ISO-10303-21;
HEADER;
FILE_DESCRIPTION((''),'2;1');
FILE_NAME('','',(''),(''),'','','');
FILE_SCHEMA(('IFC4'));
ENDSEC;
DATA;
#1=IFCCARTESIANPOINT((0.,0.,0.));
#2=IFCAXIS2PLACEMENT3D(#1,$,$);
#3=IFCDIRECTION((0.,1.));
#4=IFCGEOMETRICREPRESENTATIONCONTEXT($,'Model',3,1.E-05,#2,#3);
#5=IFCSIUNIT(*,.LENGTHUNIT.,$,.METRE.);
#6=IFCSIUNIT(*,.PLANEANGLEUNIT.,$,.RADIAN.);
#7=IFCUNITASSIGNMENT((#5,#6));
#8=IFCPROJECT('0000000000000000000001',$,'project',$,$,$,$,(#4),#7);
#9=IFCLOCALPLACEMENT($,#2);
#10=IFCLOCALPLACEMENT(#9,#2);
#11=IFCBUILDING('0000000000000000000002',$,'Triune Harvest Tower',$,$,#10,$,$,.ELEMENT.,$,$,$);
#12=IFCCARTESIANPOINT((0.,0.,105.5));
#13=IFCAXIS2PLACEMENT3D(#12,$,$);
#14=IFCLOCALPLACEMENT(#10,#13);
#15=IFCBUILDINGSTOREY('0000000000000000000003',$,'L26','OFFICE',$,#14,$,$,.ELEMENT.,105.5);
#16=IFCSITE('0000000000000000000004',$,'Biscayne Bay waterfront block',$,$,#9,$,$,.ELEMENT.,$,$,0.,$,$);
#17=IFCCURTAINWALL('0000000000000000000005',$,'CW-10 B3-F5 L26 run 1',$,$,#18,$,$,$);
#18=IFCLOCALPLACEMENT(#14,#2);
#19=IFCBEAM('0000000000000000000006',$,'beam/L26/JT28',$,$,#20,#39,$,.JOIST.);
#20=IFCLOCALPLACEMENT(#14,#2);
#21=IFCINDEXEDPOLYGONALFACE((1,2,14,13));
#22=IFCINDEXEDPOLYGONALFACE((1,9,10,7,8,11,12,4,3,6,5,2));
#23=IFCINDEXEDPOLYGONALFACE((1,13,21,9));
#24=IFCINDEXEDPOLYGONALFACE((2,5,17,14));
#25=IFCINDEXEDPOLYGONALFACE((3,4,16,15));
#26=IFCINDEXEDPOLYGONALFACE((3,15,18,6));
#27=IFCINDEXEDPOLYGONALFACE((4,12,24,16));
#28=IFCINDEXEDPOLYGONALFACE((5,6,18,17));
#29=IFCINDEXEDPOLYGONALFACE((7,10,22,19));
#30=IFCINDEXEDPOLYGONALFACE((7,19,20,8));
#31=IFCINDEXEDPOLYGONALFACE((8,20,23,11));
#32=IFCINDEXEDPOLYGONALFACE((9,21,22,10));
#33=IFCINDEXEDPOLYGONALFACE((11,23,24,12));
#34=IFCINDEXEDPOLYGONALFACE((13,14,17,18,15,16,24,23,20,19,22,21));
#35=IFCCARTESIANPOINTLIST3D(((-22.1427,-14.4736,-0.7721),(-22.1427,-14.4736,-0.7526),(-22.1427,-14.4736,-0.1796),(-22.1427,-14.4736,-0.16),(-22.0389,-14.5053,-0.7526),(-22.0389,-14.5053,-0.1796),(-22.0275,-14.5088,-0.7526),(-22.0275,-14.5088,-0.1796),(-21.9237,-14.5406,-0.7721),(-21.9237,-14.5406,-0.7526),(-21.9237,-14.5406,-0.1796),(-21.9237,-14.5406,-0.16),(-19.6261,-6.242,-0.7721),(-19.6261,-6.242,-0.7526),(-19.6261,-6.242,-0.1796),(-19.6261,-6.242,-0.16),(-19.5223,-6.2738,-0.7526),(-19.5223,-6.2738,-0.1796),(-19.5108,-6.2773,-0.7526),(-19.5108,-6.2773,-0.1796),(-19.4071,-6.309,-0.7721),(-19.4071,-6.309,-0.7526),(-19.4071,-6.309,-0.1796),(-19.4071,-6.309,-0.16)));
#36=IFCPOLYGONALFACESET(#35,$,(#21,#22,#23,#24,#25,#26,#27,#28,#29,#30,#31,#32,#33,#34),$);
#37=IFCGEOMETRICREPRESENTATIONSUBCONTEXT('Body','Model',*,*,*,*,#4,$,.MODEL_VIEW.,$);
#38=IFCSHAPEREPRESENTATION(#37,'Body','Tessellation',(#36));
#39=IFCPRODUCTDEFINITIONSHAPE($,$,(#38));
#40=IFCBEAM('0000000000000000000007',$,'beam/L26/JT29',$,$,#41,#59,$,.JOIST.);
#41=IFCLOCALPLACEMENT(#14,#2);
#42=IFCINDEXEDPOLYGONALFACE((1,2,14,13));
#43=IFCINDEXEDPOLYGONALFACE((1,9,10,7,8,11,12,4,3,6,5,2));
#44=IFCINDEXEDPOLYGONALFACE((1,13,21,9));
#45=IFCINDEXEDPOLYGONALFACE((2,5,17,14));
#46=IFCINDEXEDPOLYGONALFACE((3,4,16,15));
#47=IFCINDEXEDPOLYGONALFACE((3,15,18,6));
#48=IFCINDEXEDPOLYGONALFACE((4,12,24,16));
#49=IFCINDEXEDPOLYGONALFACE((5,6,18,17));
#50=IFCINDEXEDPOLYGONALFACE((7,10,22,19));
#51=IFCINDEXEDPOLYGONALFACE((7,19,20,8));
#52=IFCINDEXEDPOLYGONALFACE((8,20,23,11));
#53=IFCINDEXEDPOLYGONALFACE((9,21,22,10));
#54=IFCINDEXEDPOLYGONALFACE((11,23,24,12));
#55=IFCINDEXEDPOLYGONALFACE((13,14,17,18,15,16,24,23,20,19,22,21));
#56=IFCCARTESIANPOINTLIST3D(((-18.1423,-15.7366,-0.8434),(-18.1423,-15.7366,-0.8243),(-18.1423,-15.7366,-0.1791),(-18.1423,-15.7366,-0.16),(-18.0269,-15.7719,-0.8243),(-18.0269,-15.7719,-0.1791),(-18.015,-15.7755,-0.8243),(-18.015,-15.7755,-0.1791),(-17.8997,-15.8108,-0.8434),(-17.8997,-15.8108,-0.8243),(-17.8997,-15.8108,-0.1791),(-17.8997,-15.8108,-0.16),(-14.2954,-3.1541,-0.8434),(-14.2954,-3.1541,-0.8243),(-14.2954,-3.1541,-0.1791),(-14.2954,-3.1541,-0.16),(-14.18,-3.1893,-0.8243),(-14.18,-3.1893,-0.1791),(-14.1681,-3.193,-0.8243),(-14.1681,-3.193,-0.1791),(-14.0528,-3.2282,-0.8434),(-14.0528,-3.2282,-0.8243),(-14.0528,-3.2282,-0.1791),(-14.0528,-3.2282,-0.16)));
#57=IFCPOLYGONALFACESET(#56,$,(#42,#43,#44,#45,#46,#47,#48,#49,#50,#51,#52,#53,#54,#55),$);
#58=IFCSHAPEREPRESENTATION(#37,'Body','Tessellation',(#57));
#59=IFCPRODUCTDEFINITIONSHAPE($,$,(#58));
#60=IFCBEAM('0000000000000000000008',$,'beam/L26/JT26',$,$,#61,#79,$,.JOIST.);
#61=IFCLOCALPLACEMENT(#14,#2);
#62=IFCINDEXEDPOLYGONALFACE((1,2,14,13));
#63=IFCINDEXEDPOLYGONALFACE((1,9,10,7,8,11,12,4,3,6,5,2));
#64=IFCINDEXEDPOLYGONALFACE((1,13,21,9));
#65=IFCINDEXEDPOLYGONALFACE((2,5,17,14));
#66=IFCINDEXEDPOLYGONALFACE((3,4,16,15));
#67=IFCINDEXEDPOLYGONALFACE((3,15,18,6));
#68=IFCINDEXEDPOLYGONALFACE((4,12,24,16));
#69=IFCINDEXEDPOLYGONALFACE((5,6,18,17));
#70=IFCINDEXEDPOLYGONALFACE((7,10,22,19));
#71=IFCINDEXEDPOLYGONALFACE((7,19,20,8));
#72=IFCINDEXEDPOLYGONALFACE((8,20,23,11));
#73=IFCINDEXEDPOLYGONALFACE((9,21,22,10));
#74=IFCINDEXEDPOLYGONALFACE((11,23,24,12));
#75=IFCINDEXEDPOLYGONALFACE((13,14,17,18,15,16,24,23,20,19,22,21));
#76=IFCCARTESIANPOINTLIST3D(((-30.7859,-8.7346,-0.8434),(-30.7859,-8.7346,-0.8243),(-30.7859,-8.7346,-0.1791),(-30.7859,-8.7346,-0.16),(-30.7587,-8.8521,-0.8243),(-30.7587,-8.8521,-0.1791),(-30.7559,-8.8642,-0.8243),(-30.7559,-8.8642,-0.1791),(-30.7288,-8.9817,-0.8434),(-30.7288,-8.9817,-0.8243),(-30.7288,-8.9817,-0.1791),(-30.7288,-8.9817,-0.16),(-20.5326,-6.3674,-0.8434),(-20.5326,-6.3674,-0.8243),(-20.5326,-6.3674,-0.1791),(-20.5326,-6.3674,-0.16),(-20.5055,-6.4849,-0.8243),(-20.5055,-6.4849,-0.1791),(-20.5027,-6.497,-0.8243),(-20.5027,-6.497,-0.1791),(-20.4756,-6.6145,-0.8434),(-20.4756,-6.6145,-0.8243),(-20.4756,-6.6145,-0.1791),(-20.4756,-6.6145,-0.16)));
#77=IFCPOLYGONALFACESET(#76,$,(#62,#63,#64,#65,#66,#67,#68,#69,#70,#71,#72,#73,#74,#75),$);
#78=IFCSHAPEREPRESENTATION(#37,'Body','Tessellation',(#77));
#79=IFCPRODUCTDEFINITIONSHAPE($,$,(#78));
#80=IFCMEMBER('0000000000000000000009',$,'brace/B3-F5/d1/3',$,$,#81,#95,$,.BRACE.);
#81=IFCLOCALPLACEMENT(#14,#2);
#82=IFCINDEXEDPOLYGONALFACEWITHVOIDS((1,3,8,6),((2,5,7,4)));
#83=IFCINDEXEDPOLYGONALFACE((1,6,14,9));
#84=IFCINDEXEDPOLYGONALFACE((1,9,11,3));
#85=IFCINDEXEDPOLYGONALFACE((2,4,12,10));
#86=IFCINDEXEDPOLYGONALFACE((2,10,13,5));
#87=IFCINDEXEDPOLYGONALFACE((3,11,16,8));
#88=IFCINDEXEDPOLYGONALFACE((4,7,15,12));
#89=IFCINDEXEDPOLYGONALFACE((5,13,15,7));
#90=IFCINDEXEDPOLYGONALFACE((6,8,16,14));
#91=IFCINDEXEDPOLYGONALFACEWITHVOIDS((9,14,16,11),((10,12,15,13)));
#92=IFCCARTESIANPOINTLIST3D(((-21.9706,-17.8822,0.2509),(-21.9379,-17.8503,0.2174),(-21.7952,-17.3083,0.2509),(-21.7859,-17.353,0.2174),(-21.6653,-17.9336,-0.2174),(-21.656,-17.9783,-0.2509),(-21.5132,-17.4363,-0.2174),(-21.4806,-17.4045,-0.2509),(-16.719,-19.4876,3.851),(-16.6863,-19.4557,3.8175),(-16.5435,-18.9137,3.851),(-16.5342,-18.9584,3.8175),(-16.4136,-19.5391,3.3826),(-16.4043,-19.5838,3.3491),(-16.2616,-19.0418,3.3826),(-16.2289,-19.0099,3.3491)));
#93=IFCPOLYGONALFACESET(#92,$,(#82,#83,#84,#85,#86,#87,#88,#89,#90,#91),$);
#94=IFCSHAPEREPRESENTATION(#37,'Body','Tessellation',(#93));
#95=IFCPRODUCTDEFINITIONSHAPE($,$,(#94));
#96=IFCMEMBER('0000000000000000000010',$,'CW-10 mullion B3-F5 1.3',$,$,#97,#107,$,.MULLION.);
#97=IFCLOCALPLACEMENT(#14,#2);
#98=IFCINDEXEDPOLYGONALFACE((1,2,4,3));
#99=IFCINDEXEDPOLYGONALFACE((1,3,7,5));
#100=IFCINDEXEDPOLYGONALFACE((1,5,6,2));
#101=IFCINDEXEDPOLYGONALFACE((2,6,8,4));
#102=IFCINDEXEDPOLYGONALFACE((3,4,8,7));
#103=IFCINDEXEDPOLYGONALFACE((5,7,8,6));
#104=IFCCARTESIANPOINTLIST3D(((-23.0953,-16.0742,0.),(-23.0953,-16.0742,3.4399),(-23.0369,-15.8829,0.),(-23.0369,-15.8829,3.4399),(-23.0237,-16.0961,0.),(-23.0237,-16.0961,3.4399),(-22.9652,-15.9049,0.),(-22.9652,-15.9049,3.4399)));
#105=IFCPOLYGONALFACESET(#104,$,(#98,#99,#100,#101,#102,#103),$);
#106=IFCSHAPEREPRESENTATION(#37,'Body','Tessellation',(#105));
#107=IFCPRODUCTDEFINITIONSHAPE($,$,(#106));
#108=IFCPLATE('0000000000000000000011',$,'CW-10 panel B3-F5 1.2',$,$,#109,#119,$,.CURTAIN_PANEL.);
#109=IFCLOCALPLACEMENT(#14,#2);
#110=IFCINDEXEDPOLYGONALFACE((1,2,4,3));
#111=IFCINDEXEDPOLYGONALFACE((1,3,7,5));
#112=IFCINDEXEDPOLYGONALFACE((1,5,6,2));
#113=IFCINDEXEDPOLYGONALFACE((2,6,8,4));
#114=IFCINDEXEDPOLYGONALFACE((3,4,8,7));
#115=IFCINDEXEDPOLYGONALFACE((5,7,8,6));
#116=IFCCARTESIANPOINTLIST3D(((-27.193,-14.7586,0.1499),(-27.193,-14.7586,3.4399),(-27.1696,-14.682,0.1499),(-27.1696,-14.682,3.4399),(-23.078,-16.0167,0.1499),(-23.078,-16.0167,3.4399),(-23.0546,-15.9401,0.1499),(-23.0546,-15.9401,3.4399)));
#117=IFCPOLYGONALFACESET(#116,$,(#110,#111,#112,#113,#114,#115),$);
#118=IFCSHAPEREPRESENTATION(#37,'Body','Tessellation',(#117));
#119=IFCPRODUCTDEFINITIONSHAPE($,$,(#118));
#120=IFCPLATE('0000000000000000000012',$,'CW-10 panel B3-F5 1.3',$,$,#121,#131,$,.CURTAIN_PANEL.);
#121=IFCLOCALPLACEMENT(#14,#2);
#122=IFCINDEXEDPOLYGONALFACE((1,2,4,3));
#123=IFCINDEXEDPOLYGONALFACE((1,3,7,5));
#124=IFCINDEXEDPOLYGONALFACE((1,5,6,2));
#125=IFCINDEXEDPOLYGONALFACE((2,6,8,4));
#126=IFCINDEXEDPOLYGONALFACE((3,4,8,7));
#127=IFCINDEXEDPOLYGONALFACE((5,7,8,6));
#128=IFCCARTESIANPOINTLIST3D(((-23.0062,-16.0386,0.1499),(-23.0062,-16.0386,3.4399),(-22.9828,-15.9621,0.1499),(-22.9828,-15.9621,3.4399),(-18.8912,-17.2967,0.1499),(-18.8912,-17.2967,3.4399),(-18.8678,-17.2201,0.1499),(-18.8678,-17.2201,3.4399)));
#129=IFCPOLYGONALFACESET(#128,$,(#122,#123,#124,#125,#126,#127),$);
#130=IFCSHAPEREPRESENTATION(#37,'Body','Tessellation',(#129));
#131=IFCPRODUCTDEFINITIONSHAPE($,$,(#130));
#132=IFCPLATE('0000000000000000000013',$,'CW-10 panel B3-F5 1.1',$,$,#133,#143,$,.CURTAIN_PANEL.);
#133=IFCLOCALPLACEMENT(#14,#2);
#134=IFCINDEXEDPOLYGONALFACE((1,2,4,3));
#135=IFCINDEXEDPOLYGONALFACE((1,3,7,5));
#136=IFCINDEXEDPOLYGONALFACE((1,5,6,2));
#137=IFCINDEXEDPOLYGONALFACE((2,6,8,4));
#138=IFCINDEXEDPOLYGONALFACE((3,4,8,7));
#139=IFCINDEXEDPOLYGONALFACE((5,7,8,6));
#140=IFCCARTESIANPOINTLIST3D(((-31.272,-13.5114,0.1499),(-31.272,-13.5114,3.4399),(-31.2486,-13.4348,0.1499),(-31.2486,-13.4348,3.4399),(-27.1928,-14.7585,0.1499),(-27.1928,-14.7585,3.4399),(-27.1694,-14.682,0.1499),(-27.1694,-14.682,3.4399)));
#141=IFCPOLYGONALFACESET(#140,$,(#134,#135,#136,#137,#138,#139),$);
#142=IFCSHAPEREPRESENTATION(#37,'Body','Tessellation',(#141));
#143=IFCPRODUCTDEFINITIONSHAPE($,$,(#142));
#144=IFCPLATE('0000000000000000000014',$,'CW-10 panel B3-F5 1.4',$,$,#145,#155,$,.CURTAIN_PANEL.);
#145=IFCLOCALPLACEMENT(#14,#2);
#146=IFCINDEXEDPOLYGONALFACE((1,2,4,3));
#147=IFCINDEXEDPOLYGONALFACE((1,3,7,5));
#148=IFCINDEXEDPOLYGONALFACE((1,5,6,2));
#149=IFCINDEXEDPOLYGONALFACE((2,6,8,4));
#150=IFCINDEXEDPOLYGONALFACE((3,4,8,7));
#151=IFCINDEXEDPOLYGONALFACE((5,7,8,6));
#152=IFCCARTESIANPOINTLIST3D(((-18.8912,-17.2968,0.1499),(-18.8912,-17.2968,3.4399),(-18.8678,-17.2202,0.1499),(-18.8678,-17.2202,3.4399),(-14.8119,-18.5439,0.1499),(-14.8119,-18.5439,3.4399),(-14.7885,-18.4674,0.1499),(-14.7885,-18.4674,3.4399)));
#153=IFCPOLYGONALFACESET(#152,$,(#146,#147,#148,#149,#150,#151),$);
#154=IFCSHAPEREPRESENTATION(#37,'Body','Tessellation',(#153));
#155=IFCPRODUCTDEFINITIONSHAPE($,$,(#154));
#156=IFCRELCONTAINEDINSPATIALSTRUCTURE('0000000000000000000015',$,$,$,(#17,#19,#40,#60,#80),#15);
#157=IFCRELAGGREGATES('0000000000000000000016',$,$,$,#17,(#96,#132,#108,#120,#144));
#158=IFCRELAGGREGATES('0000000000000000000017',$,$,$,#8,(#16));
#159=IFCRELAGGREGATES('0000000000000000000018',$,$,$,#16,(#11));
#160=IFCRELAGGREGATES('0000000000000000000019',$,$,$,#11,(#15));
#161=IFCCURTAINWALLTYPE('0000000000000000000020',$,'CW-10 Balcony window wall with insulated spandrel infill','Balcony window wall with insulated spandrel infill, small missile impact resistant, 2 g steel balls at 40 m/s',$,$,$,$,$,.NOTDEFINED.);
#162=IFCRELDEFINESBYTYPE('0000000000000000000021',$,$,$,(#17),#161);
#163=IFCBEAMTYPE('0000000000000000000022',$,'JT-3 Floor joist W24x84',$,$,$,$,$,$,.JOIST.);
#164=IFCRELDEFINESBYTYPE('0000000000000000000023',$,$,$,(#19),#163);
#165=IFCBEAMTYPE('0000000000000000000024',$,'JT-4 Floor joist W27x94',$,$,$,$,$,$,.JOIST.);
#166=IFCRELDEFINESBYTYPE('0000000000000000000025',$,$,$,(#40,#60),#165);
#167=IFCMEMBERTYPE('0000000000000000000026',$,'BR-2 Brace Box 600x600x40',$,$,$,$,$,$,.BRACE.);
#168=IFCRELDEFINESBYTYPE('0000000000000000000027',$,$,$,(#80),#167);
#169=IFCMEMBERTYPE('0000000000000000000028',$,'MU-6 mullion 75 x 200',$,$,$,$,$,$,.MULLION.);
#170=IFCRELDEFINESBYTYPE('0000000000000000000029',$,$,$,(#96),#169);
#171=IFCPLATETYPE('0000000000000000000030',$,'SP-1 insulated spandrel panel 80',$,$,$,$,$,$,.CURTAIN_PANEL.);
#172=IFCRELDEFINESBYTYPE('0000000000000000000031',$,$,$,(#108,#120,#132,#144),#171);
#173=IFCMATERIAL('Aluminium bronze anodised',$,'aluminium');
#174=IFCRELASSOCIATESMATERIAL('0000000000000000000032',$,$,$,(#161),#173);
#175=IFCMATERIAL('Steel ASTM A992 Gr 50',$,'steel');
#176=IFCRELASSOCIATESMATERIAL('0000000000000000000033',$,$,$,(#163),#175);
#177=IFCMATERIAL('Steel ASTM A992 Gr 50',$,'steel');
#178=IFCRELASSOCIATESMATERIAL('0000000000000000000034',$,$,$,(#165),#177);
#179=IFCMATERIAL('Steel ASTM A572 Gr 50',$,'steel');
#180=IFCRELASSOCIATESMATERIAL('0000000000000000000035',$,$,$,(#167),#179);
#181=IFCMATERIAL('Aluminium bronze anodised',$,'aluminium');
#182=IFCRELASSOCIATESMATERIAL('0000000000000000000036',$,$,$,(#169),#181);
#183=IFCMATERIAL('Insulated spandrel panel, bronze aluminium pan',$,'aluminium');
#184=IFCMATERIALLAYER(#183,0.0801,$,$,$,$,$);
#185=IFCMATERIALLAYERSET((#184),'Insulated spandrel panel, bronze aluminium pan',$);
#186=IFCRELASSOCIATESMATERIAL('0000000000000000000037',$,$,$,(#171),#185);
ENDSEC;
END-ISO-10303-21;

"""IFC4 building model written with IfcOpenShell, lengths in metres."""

from ifc_helpers import new_model, si_unit, direction, frame, origin, origin_2d, place, context, subcontext, project, spatial, rectangle, hollow_rectangle, i_section, extrude, source, transform, mapped, material, layer, layer_set, material_profile, profile_set, type_object, element, aggregate, save


model = new_model("IFC4")

# Units and contexts
model_context = context("Model", 3, precision=1e-05, world=origin(), true_north=direction((0.0, 1.0)))
body_context = subcontext(model_context, "Body", "Model", "MODEL_VIEW")
ifc_project = project(units=[si_unit("LENGTHUNIT", "METRE"), si_unit("PLANEANGLEUNIT", "RADIAN")], contexts=[model_context])

# Site, building, storey
site_placement = place(None, origin())
site = spatial("IfcSite", under=ifc_project, at=site_placement, Name="Biscayne Bay waterfront block", CompositionType="ELEMENT", RefElevation=0.0)
building_placement = place(site_placement, origin())
building = spatial("IfcBuilding", under=site, at=building_placement, Name="Triune Harvest Tower", CompositionType="ELEMENT")
storey_placement = place(building_placement, frame((0.0, 0.0, 105.5)))
storey = spatial("IfcBuildingStorey", under=building, at=storey_placement, Name="L26", Description="OFFICE", CompositionType="ELEMENT", Elevation=105.5)

# Curtain wall
ifc_material_1 = material(Name="Aluminium bronze anodised", Category="aluminium")
curtain_wall_type = type_object("IfcCurtainWallType", Name="CW-10 Balcony window wall with insulated spandrel infill", Description="Balcony window wall with insulated spandrel infill, small missile impact resistant, 2 g steel balls at 40 m/s", PredefinedType="NOTDEFINED", material=ifc_material_1)
curtain_wall_placement = place(storey_placement, origin())
curtain_wall = element("IfcCurtainWall", 1, at=curtain_wall_placement, inside=storey, type_object=curtain_wall_type, Name="CW-10 B3-F5 L26 run 1")

# Beams
ifc_material_2 = material(Name="Steel ASTM A992 Gr 50", Category="steel")
ifc_material_profile_1 = material_profile(ifc_material_2, i_section(OverallWidth=0.229, OverallDepth=0.6121, WebThickness=0.012, FlangeThickness=0.0195, at=origin_2d()), Name="W24x84")
ifc_profile_set_1 = profile_set([ifc_material_profile_1], Name="Steel ASTM A992 Gr 50")
beam_type_1 = type_object("IfcBeamType", Name="JT-3 Floor joist W24x84", PredefinedType="JOIST", material=ifc_profile_set_1)
shared_shape_1 = source(origin(), body_context, "Body", "SweptSolid", [
    extrude(i_section(OverallWidth=0.229, OverallDepth=0.6121, WebThickness=0.012, FlangeThickness=0.0195, at=origin_2d()), origin(), (0.0, 0.0, 1.0), 8.6077),
])
beam_1_placement = place(storey_placement, frame((-22.0332, -14.5071, -0.4661), z_axis=(0.292371, 0.956305, 0.0), x_axis=(-0.956305, 0.292371, 0.0)))
element("IfcBeam", 2, at=beam_1_placement, inside=storey, type_object=beam_type_1, Name="beam/L26/JT28", PredefinedType="JOIST", context=body_context, shape_type="MappedRepresentation", body=[
    mapped(shared_shape_1, transform((0.0, 0.0, 0.0), scale=1.0)),
])
ifc_material_3 = material(Name="Steel ASTM A992 Gr 50", Category="steel")
ifc_material_profile_2 = material_profile(ifc_material_3, i_section(OverallWidth=0.2537, OverallDepth=0.6833, WebThickness=0.0125, FlangeThickness=0.019, at=origin_2d()), Name="W27x94")
ifc_profile_set_2 = profile_set([ifc_material_profile_2], Name="Steel ASTM A992 Gr 50")
beam_type_2 = type_object("IfcBeamType", Name="JT-4 Floor joist W27x94", PredefinedType="JOIST", material=ifc_profile_set_2)
shared_shape_2 = source(origin(), body_context, "Body", "SweptSolid", [
    extrude(i_section(OverallWidth=0.2537, OverallDepth=0.6833, WebThickness=0.0125, FlangeThickness=0.019, at=origin_2d()), origin(), (0.0, 0.0, 1.0), 13.1575),
])
beam_2_placement = place(storey_placement, frame((-18.021, -15.7737, -0.5017), z_axis=(0.292376, 0.956303, 0.0), x_axis=(-0.956303, 0.292376, 0.0)))
element("IfcBeam", 3, at=beam_2_placement, inside=storey, type_object=beam_type_2, Name="beam/L26/JT29", PredefinedType="JOIST", context=body_context, shape_type="MappedRepresentation", body=[
    mapped(shared_shape_2, transform((0.0, 0.0, 0.0), scale=1.0)),
])
shared_shape_3 = source(origin(), body_context, "Body", "SweptSolid", [
    extrude(i_section(OverallWidth=0.2537, OverallDepth=0.6833, WebThickness=0.0125, FlangeThickness=0.019, at=origin_2d()), origin(), (0.0, 0.0, 1.0), 10.5229),
])
beam_3_placement = place(storey_placement, frame((-30.7573, -8.8582, -0.5017), z_axis=(0.974369, 0.224956, 0.0), x_axis=(-0.224956, 0.974369, 0.0)))
element("IfcBeam", 4, at=beam_3_placement, inside=storey, type_object=beam_type_2, Name="beam/L26/JT26", PredefinedType="JOIST", context=body_context, shape_type="MappedRepresentation", body=[
    mapped(shared_shape_3, transform((0.0, 0.0, 0.0), scale=1.0)),
])

# Members
ifc_material_4 = material(Name="Steel ASTM A572 Gr 50", Category="steel")
ifc_material_profile_3 = material_profile(ifc_material_4, hollow_rectangle(XDim=0.6001, YDim=0.6001, WallThickness=0.04, at=origin_2d()), Name="Box 600x600x40")
ifc_profile_set_3 = profile_set([ifc_material_profile_3], Name="Steel ASTM A572 Gr 50")
member_type_1 = type_object("IfcMemberType", Name="BR-2 Brace Box 600x600x40", PredefinedType="BRACE", material=ifc_profile_set_3)
shared_shape_4 = source(origin(), body_context, "Body", "SweptSolid", [
    extrude(hollow_rectangle(XDim=0.6001, YDim=0.6001, WallThickness=0.04, at=origin_2d()), origin(), (0.0, 0.0, 1.0), 6.5664),
])
member_1_placement = place(storey_placement, frame((-21.7256, -17.6433, 0.0), z_axis=(0.799775, -0.244495, 0.548254), x_axis=(0.292348, 0.956312, 0.0)))
element("IfcMember", 5, at=member_1_placement, inside=storey, type_object=member_type_1, Name="brace/B3-F5/d1/3", PredefinedType="BRACE", context=body_context, shape_type="MappedRepresentation", body=[
    mapped(shared_shape_4, transform((0.0, 0.0, 0.0), scale=1.0)),
])
ifc_material_5 = material(Name="Aluminium bronze anodised", Category="aluminium")
ifc_material_profile_4 = material_profile(ifc_material_5, rectangle(XDim=0.2, YDim=0.075, at=origin_2d()), Name="MU-6 mullion 75 x 200")
ifc_profile_set_4 = profile_set([ifc_material_profile_4], Name="Aluminium bronze anodised")
member_type_2 = type_object("IfcMemberType", Name="MU-6 mullion 75 x 200", PredefinedType="MULLION", material=ifc_profile_set_4)
shared_shape_5 = source(origin(), body_context, "Body", "SweptSolid", [
    extrude(rectangle(XDim=0.2, YDim=0.075, at=origin_2d()), origin(), (0.0, 0.0, 1.0), 3.4399),
])
member_2_placement = place(storey_placement, frame((-23.0303, -15.9895, 0.0), z_axis=(0.0, 0.0, 1.0), x_axis=(0.292372, 0.956305, 0.0)))
member_2 = element("IfcMember", 6, at=member_2_placement, type_object=member_type_2, Name="CW-10 mullion B3-F5 1.3", PredefinedType="MULLION", context=body_context, shape_type="MappedRepresentation", body=[
    mapped(shared_shape_5, transform((0.0, 0.0, 0.0), scale=1.0)),
])

# Plates
ifc_material_6 = material(Name="Insulated spandrel panel, bronze aluminium pan", Category="aluminium")
ifc_layer_1 = layer(ifc_material_6, 0.0801)
ifc_layer_set_1 = layer_set([ifc_layer_1], Name="Insulated spandrel panel, bronze aluminium pan")
plate_type = type_object("IfcPlateType", Name="SP-1 insulated spandrel panel 80", PredefinedType="CURTAIN_PANEL", material=ifc_layer_set_1)
shared_shape_6 = source(origin(), body_context, "Body", "SweptSolid", [
    extrude(rectangle(XDim=4.303, YDim=0.0801, at=origin_2d()), origin(), (0.0, 0.0, 1.0), 3.29),
])
plate_1_placement = place(storey_placement, frame((-25.1238, -15.3494, 0.1499), z_axis=(0.0, 0.0, 1.0), x_axis=(0.956305, -0.292372, 0.0)))
plate_1 = element("IfcPlate", 7, at=plate_1_placement, type_object=plate_type, Name="CW-10 panel B3-F5 1.2", PredefinedType="CURTAIN_PANEL", context=body_context, shape_type="MappedRepresentation", body=[
    mapped(shared_shape_6, transform((0.0, 0.0, 0.0), scale=1.0)),
])
plate_2_placement = place(storey_placement, frame((-20.937, -16.6294, 0.1499), z_axis=(0.0, 0.0, 1.0), x_axis=(0.956305, -0.292372, 0.0)))
plate_2 = element("IfcPlate", 8, at=plate_2_placement, type_object=plate_type, Name="CW-10 panel B3-F5 1.3", PredefinedType="CURTAIN_PANEL", context=body_context, shape_type="MappedRepresentation", body=[
    mapped(shared_shape_6, transform((0.0, 0.0, 0.0), scale=1.0)),
])
shared_shape_7 = source(origin(), body_context, "Body", "SweptSolid", [
    extrude(rectangle(XDim=4.2656, YDim=0.0801, at=origin_2d()), origin(), (0.0, 0.0, 1.0), 3.29),
])
plate_3_placement = place(storey_placement, frame((-29.2207, -14.0967, 0.1499), z_axis=(0.0, 0.0, 1.0), x_axis=(0.956305, -0.292372, 0.0)))
plate_3 = element("IfcPlate", 9, at=plate_3_placement, type_object=plate_type, Name="CW-10 panel B3-F5 1.1", PredefinedType="CURTAIN_PANEL", context=body_context, shape_type="MappedRepresentation", body=[
    mapped(shared_shape_7, transform((0.0, 0.0, 0.0), scale=1.0)),
])
plate_4_placement = place(storey_placement, frame((-16.8398, -17.8821, 0.1499), z_axis=(0.0, 0.0, 1.0), x_axis=(0.956305, -0.292372, 0.0)))
plate_4 = element("IfcPlate", 10, at=plate_4_placement, type_object=plate_type, Name="CW-10 panel B3-F5 1.4", PredefinedType="CURTAIN_PANEL", context=body_context, shape_type="MappedRepresentation", body=[
    mapped(shared_shape_7, transform((0.0, 0.0, 0.0), scale=1.0)),
])
aggregate(curtain_wall, [member_2, plate_3, plate_1, plate_2, plate_4])

save(model, "model.ifc")
